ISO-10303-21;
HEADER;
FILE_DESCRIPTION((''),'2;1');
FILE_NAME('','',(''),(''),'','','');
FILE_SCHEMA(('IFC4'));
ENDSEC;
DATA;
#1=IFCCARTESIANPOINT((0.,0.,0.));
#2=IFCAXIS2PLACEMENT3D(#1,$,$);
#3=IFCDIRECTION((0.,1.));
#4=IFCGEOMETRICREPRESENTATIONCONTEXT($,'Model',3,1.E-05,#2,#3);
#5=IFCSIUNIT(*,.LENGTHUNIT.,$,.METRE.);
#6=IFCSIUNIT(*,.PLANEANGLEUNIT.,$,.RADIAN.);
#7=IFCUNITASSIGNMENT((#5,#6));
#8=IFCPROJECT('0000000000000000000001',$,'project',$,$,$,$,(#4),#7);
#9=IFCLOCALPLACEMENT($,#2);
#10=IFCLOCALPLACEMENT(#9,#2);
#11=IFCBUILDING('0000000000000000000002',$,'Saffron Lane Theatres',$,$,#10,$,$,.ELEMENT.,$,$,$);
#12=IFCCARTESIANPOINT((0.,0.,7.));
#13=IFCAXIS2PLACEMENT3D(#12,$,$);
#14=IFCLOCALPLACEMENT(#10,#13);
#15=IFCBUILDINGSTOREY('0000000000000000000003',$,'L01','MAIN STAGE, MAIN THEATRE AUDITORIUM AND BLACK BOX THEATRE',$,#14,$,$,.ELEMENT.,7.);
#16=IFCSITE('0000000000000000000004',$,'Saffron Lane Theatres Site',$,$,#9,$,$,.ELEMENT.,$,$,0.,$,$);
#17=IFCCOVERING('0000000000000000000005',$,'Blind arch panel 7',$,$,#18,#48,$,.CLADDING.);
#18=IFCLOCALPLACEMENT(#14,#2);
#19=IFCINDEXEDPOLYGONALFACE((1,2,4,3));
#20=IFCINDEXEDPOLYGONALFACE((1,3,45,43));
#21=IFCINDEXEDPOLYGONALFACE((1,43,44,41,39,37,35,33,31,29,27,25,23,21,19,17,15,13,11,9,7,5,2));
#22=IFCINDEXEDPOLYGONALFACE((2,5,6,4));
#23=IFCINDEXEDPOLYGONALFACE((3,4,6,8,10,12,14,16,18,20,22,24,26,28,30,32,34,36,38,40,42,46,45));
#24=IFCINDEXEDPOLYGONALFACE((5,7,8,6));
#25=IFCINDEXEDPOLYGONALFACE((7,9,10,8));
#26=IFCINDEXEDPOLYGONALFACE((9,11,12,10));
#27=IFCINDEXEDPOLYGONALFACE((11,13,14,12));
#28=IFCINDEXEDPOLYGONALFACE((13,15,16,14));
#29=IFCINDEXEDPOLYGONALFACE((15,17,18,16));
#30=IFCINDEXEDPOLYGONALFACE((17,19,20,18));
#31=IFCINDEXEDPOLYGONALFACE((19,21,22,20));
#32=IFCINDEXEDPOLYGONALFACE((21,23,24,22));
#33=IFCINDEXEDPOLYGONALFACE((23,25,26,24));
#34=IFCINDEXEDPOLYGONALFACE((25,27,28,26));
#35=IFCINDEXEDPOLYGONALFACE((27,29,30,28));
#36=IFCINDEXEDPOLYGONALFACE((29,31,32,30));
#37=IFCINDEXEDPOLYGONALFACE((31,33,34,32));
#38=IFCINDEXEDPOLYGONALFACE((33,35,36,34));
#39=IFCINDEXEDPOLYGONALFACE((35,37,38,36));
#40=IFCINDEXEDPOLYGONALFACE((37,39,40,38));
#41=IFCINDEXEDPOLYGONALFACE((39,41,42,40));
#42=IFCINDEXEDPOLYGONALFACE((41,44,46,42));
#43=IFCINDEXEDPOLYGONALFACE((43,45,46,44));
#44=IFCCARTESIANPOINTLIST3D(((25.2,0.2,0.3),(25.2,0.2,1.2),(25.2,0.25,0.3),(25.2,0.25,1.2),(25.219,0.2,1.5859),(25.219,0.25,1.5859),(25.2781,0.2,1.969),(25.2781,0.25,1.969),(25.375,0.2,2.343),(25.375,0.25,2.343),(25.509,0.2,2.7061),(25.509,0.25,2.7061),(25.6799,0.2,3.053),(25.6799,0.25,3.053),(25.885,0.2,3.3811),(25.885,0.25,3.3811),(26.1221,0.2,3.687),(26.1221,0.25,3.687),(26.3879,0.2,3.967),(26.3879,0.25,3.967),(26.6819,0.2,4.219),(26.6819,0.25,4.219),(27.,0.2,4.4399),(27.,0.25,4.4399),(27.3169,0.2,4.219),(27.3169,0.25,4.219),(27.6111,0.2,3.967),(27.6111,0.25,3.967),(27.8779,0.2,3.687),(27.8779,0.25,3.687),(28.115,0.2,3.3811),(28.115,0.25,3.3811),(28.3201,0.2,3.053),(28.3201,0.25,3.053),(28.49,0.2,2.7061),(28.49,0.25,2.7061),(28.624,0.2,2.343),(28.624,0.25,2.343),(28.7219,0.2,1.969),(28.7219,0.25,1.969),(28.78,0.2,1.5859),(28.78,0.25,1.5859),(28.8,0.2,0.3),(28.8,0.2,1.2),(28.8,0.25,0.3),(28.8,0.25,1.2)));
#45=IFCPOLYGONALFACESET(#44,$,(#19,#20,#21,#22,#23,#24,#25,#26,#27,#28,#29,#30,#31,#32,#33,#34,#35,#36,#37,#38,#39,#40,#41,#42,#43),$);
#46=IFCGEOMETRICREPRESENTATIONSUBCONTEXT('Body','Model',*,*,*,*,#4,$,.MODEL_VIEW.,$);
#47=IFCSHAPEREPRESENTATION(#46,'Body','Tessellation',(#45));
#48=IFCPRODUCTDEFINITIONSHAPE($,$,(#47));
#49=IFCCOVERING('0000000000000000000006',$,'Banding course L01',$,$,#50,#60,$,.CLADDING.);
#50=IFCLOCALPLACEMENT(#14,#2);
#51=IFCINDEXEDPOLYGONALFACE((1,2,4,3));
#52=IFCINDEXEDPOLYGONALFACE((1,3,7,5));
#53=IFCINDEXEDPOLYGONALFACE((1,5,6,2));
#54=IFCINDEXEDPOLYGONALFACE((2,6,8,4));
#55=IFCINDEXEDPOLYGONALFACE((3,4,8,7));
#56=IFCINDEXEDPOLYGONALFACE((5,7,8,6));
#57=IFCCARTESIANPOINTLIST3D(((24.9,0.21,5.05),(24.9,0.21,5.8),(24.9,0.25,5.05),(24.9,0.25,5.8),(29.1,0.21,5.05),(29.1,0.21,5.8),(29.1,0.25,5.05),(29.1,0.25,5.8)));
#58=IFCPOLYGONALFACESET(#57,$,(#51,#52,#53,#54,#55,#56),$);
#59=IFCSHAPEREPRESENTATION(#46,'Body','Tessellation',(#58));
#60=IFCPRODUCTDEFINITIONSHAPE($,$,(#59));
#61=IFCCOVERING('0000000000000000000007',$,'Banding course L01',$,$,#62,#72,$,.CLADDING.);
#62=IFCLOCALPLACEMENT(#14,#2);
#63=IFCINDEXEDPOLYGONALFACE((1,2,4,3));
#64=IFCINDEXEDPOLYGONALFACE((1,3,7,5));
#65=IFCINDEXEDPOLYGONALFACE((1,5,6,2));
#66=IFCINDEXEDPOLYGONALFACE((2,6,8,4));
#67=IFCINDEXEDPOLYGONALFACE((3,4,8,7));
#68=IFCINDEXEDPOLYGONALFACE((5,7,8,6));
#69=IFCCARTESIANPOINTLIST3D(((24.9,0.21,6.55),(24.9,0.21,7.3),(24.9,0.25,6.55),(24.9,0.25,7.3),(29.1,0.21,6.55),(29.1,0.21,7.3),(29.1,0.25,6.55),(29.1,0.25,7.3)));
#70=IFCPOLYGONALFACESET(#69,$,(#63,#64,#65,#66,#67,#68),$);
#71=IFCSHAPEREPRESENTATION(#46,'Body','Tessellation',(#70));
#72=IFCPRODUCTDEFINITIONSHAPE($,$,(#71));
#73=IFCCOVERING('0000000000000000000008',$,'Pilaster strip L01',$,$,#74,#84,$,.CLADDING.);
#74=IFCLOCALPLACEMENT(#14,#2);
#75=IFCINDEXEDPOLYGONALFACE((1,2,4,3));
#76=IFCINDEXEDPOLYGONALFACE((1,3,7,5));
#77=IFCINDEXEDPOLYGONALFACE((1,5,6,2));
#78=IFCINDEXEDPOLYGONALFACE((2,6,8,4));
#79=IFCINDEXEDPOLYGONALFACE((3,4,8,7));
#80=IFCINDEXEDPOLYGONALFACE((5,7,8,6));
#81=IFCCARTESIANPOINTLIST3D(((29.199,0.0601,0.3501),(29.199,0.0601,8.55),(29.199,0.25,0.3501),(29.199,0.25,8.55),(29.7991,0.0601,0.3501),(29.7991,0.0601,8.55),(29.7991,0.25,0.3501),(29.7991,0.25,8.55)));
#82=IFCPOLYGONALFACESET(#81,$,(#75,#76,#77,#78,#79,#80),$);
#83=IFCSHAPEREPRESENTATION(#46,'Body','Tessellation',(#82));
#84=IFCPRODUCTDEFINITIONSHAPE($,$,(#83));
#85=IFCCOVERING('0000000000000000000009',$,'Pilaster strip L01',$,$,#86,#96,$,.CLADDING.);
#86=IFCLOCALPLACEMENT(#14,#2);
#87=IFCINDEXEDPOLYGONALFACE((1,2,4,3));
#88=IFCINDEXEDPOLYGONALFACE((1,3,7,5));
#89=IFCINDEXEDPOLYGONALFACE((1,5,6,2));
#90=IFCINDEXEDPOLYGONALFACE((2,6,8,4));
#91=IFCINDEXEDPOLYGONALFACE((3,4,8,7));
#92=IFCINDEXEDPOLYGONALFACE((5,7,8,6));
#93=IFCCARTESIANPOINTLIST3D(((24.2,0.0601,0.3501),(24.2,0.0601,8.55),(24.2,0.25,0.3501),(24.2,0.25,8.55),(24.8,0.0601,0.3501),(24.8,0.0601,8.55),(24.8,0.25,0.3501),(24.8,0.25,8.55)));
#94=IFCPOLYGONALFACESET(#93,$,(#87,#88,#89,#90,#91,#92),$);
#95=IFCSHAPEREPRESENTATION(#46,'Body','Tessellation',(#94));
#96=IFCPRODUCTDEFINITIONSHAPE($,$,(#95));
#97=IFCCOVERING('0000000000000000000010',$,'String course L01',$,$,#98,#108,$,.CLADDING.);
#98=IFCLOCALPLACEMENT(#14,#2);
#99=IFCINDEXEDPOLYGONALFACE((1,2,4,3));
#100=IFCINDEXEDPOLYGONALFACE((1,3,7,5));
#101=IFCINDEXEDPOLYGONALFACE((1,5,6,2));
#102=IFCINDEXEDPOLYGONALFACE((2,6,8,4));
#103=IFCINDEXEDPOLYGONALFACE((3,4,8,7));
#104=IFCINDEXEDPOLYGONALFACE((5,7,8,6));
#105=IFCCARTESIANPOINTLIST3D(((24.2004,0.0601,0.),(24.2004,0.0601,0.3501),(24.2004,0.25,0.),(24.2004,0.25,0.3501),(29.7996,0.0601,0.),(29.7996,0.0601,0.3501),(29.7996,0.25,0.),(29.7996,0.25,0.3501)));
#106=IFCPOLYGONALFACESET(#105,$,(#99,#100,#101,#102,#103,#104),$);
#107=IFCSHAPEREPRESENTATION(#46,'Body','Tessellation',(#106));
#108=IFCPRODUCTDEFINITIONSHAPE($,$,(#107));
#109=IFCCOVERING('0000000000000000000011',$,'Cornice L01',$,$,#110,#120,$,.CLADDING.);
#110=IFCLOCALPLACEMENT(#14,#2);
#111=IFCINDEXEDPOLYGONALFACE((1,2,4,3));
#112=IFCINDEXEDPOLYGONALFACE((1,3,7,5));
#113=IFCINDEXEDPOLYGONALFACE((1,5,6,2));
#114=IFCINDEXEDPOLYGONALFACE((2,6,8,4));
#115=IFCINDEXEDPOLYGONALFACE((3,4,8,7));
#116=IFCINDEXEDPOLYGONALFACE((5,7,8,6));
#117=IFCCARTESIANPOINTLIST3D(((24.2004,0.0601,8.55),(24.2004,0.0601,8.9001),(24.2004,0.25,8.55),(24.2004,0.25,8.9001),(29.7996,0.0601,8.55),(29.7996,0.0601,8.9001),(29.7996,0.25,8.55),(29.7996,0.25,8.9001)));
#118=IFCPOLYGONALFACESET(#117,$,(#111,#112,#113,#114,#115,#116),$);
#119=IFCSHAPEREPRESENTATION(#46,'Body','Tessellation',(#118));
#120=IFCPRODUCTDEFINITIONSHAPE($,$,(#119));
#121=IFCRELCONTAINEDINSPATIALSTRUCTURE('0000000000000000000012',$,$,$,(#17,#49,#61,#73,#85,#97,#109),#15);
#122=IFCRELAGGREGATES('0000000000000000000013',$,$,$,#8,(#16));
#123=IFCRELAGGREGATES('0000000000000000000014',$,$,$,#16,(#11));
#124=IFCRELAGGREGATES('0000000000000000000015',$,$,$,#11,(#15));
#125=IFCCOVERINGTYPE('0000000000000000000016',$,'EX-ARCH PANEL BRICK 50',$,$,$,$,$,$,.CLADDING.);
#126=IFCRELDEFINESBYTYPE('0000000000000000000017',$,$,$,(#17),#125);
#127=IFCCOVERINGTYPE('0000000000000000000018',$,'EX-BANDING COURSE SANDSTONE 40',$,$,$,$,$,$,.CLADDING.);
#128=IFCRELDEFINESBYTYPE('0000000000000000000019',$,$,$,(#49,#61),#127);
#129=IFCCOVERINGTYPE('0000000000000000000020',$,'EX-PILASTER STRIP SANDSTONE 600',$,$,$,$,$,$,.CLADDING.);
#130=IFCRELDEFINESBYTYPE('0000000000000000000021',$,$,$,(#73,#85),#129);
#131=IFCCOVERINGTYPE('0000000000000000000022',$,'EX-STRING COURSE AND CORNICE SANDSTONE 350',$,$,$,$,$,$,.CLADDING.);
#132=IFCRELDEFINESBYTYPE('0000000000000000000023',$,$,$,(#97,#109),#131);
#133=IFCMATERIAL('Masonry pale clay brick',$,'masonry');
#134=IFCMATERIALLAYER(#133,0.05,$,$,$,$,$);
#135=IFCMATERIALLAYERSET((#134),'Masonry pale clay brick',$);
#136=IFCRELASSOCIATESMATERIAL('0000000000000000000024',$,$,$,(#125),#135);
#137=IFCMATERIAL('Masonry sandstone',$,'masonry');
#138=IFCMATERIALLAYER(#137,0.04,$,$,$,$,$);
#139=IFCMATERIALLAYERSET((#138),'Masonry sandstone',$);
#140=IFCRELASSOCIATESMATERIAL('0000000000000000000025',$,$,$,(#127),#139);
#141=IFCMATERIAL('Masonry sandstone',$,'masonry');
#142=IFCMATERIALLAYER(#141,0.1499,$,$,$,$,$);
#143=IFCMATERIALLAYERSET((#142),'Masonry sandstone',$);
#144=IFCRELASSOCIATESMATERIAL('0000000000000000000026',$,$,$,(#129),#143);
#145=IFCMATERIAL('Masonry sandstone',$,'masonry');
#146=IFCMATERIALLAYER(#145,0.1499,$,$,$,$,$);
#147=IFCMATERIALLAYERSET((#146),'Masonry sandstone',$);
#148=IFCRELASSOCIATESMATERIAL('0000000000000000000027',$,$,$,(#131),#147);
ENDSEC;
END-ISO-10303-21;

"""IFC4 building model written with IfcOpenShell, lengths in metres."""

from ifc_helpers import new_model, si_unit, direction, frame, origin, origin_2d, place, context, subcontext, project, spatial, polyline, rectangle, outline, extrude, material, layer, layer_set, type_object, element, save


model = new_model("IFC4")

# Units and contexts
model_context = context("Model", 3, precision=1e-05, world=origin(), true_north=direction((0.0, 1.0)))
body_context = subcontext(model_context, "Body", "Model", "MODEL_VIEW")
ifc_project = project(units=[si_unit("LENGTHUNIT", "METRE"), si_unit("PLANEANGLEUNIT", "RADIAN")], contexts=[model_context])

# Site, building, storey
site_placement = place(None, origin())
site = spatial("IfcSite", under=ifc_project, at=site_placement, Name="Saffron Lane Theatres Site", CompositionType="ELEMENT", RefElevation=0.0)
building_placement = place(site_placement, origin())
building = spatial("IfcBuilding", under=site, at=building_placement, Name="Saffron Lane Theatres", CompositionType="ELEMENT")
storey_placement = place(building_placement, frame((0.0, 0.0, 7.0)))
storey = spatial("IfcBuildingStorey", under=building, at=storey_placement, Name="L01", Description="MAIN STAGE, MAIN THEATRE AUDITORIUM AND BLACK BOX THEATRE", CompositionType="ELEMENT", Elevation=7.0)

# Coverings
ifc_material_1 = material(Name="Masonry pale clay brick", Category="masonry")
ifc_layer_1 = layer(ifc_material_1, 0.05)
ifc_layer_set_1 = layer_set([ifc_layer_1], Name="Masonry pale clay brick")
covering_type_1 = type_object("IfcCoveringType", Name="EX-ARCH PANEL BRICK 50", PredefinedType="CLADDING", material=ifc_layer_set_1)
covering_placement = place(storey_placement, frame((28.8, 0.25, 1.2), z_axis=(0.0, 1.0, 0.0), x_axis=(0.0, 0.0, -1.0)))
element("IfcCovering", 1, at=covering_placement, inside=storey, type_object=covering_type_1, Name="Blind arch panel 7", PredefinedType="CLADDING", context=body_context, shape_type="SweptSolid", body=[
    extrude(outline(polyline([(0.0, 0.0), (0.8999, 0.0), (0.8999, 3.6001), (0.0, 3.6001), (-0.386, 3.5811), (-0.769, 3.522), (-1.1431, 3.425), (-1.5061, 3.291), (-1.853, 3.1201), (-2.1812, 2.915), (-2.4871, 2.678), (-2.7671, 2.4121), (-3.019, 2.1182), (-3.24, 1.8), (-3.019, 1.4832), (-2.7671, 1.189), (-2.4871, 0.9221), (-2.1812, 0.6851), (-1.853, 0.48), (-1.5061, 0.3101), (-1.1431, 0.176), (-0.769, 0.0781), (-0.386, 0.02), (0.0, 0.0)])), origin(), (0.0, 0.0, -1.0), 0.05),
])
ifc_material_2 = material(Name="Masonry sandstone", Category="masonry")
ifc_layer_2 = layer(ifc_material_2, 0.04)
ifc_layer_set_2 = layer_set([ifc_layer_2], Name="Masonry sandstone")
covering_type_2 = type_object("IfcCoveringType", Name="EX-BANDING COURSE SANDSTONE 40", PredefinedType="CLADDING", material=ifc_layer_set_2)
for number, where, z_axis, x_axis, name in (
    (2, (27.0, 0.23, 5.05), (0.0, 0.0, 1.0), (-1.0, 0.0, 0.0), "Banding course L01"),
    (3, (27.0, 0.23, 6.55), (0.0, 0.0, 1.0), (-1.0, 0.0, 0.0), "Banding course L01"),
):
    element("IfcCovering", number, at=place(storey_placement, frame(where, z_axis=z_axis, x_axis=x_axis)), inside=storey, type_object=covering_type_2, Name=name, PredefinedType="CLADDING", context=body_context, shape_type="SweptSolid", body=[
        extrude(rectangle(XDim=4.2, YDim=0.04, at=origin_2d()), origin(), (0.0, 0.0, 1.0), 0.75),
    ])
ifc_material_3 = material(Name="Masonry sandstone", Category="masonry")
ifc_layer_3 = layer(ifc_material_3, 0.1499)
ifc_layer_set_3 = layer_set([ifc_layer_3], Name="Masonry sandstone")
covering_type_3 = type_object("IfcCoveringType", Name="EX-PILASTER STRIP SANDSTONE 600", PredefinedType="CLADDING", material=ifc_layer_set_3)
for number, where, z_axis, x_axis, name in (
    (4, (29.499, 0.155, 0.3501), (0.0, 0.0, 1.0), (-1.0, 0.0, 0.0), "Pilaster strip L01"),
    (5, (24.5, 0.155, 0.3501), (0.0, 0.0, 1.0), (-1.0, 0.0, 0.0), "Pilaster strip L01"),
):
    element("IfcCovering", number, at=place(storey_placement, frame(where, z_axis=z_axis, x_axis=x_axis)), inside=storey, type_object=covering_type_3, Name=name, PredefinedType="CLADDING", context=body_context, shape_type="SweptSolid", body=[
        extrude(rectangle(XDim=0.6001, YDim=0.1899, at=origin_2d()), origin(), (0.0, 0.0, 1.0), 8.2),
    ])
ifc_material_4 = material(Name="Masonry sandstone", Category="masonry")
ifc_layer_4 = layer(ifc_material_4, 0.1499)
ifc_layer_set_4 = layer_set([ifc_layer_4], Name="Masonry sandstone")
covering_type_4 = type_object("IfcCoveringType", Name="EX-STRING COURSE AND CORNICE SANDSTONE 350", PredefinedType="CLADDING", material=ifc_layer_set_4)
for number, where, z_axis, x_axis, name in (
    (6, (27.0, 0.155, 0.0), (0.0, 0.0, 1.0), (-1.0, 0.0, 0.0), "String course L01"),
    (7, (27.0, 0.155, 8.55), (0.0, 0.0, 1.0), (-1.0, 0.0, 0.0), "Cornice L01"),
):
    element("IfcCovering", number, at=place(storey_placement, frame(where, z_axis=z_axis, x_axis=x_axis)), inside=storey, type_object=covering_type_4, Name=name, PredefinedType="CLADDING", context=body_context, shape_type="SweptSolid", body=[
        extrude(rectangle(XDim=5.5991, YDim=0.1899, at=origin_2d()), origin(), (0.0, 0.0, 1.0), 0.3501),
    ])

save(model, "model.ifc")
